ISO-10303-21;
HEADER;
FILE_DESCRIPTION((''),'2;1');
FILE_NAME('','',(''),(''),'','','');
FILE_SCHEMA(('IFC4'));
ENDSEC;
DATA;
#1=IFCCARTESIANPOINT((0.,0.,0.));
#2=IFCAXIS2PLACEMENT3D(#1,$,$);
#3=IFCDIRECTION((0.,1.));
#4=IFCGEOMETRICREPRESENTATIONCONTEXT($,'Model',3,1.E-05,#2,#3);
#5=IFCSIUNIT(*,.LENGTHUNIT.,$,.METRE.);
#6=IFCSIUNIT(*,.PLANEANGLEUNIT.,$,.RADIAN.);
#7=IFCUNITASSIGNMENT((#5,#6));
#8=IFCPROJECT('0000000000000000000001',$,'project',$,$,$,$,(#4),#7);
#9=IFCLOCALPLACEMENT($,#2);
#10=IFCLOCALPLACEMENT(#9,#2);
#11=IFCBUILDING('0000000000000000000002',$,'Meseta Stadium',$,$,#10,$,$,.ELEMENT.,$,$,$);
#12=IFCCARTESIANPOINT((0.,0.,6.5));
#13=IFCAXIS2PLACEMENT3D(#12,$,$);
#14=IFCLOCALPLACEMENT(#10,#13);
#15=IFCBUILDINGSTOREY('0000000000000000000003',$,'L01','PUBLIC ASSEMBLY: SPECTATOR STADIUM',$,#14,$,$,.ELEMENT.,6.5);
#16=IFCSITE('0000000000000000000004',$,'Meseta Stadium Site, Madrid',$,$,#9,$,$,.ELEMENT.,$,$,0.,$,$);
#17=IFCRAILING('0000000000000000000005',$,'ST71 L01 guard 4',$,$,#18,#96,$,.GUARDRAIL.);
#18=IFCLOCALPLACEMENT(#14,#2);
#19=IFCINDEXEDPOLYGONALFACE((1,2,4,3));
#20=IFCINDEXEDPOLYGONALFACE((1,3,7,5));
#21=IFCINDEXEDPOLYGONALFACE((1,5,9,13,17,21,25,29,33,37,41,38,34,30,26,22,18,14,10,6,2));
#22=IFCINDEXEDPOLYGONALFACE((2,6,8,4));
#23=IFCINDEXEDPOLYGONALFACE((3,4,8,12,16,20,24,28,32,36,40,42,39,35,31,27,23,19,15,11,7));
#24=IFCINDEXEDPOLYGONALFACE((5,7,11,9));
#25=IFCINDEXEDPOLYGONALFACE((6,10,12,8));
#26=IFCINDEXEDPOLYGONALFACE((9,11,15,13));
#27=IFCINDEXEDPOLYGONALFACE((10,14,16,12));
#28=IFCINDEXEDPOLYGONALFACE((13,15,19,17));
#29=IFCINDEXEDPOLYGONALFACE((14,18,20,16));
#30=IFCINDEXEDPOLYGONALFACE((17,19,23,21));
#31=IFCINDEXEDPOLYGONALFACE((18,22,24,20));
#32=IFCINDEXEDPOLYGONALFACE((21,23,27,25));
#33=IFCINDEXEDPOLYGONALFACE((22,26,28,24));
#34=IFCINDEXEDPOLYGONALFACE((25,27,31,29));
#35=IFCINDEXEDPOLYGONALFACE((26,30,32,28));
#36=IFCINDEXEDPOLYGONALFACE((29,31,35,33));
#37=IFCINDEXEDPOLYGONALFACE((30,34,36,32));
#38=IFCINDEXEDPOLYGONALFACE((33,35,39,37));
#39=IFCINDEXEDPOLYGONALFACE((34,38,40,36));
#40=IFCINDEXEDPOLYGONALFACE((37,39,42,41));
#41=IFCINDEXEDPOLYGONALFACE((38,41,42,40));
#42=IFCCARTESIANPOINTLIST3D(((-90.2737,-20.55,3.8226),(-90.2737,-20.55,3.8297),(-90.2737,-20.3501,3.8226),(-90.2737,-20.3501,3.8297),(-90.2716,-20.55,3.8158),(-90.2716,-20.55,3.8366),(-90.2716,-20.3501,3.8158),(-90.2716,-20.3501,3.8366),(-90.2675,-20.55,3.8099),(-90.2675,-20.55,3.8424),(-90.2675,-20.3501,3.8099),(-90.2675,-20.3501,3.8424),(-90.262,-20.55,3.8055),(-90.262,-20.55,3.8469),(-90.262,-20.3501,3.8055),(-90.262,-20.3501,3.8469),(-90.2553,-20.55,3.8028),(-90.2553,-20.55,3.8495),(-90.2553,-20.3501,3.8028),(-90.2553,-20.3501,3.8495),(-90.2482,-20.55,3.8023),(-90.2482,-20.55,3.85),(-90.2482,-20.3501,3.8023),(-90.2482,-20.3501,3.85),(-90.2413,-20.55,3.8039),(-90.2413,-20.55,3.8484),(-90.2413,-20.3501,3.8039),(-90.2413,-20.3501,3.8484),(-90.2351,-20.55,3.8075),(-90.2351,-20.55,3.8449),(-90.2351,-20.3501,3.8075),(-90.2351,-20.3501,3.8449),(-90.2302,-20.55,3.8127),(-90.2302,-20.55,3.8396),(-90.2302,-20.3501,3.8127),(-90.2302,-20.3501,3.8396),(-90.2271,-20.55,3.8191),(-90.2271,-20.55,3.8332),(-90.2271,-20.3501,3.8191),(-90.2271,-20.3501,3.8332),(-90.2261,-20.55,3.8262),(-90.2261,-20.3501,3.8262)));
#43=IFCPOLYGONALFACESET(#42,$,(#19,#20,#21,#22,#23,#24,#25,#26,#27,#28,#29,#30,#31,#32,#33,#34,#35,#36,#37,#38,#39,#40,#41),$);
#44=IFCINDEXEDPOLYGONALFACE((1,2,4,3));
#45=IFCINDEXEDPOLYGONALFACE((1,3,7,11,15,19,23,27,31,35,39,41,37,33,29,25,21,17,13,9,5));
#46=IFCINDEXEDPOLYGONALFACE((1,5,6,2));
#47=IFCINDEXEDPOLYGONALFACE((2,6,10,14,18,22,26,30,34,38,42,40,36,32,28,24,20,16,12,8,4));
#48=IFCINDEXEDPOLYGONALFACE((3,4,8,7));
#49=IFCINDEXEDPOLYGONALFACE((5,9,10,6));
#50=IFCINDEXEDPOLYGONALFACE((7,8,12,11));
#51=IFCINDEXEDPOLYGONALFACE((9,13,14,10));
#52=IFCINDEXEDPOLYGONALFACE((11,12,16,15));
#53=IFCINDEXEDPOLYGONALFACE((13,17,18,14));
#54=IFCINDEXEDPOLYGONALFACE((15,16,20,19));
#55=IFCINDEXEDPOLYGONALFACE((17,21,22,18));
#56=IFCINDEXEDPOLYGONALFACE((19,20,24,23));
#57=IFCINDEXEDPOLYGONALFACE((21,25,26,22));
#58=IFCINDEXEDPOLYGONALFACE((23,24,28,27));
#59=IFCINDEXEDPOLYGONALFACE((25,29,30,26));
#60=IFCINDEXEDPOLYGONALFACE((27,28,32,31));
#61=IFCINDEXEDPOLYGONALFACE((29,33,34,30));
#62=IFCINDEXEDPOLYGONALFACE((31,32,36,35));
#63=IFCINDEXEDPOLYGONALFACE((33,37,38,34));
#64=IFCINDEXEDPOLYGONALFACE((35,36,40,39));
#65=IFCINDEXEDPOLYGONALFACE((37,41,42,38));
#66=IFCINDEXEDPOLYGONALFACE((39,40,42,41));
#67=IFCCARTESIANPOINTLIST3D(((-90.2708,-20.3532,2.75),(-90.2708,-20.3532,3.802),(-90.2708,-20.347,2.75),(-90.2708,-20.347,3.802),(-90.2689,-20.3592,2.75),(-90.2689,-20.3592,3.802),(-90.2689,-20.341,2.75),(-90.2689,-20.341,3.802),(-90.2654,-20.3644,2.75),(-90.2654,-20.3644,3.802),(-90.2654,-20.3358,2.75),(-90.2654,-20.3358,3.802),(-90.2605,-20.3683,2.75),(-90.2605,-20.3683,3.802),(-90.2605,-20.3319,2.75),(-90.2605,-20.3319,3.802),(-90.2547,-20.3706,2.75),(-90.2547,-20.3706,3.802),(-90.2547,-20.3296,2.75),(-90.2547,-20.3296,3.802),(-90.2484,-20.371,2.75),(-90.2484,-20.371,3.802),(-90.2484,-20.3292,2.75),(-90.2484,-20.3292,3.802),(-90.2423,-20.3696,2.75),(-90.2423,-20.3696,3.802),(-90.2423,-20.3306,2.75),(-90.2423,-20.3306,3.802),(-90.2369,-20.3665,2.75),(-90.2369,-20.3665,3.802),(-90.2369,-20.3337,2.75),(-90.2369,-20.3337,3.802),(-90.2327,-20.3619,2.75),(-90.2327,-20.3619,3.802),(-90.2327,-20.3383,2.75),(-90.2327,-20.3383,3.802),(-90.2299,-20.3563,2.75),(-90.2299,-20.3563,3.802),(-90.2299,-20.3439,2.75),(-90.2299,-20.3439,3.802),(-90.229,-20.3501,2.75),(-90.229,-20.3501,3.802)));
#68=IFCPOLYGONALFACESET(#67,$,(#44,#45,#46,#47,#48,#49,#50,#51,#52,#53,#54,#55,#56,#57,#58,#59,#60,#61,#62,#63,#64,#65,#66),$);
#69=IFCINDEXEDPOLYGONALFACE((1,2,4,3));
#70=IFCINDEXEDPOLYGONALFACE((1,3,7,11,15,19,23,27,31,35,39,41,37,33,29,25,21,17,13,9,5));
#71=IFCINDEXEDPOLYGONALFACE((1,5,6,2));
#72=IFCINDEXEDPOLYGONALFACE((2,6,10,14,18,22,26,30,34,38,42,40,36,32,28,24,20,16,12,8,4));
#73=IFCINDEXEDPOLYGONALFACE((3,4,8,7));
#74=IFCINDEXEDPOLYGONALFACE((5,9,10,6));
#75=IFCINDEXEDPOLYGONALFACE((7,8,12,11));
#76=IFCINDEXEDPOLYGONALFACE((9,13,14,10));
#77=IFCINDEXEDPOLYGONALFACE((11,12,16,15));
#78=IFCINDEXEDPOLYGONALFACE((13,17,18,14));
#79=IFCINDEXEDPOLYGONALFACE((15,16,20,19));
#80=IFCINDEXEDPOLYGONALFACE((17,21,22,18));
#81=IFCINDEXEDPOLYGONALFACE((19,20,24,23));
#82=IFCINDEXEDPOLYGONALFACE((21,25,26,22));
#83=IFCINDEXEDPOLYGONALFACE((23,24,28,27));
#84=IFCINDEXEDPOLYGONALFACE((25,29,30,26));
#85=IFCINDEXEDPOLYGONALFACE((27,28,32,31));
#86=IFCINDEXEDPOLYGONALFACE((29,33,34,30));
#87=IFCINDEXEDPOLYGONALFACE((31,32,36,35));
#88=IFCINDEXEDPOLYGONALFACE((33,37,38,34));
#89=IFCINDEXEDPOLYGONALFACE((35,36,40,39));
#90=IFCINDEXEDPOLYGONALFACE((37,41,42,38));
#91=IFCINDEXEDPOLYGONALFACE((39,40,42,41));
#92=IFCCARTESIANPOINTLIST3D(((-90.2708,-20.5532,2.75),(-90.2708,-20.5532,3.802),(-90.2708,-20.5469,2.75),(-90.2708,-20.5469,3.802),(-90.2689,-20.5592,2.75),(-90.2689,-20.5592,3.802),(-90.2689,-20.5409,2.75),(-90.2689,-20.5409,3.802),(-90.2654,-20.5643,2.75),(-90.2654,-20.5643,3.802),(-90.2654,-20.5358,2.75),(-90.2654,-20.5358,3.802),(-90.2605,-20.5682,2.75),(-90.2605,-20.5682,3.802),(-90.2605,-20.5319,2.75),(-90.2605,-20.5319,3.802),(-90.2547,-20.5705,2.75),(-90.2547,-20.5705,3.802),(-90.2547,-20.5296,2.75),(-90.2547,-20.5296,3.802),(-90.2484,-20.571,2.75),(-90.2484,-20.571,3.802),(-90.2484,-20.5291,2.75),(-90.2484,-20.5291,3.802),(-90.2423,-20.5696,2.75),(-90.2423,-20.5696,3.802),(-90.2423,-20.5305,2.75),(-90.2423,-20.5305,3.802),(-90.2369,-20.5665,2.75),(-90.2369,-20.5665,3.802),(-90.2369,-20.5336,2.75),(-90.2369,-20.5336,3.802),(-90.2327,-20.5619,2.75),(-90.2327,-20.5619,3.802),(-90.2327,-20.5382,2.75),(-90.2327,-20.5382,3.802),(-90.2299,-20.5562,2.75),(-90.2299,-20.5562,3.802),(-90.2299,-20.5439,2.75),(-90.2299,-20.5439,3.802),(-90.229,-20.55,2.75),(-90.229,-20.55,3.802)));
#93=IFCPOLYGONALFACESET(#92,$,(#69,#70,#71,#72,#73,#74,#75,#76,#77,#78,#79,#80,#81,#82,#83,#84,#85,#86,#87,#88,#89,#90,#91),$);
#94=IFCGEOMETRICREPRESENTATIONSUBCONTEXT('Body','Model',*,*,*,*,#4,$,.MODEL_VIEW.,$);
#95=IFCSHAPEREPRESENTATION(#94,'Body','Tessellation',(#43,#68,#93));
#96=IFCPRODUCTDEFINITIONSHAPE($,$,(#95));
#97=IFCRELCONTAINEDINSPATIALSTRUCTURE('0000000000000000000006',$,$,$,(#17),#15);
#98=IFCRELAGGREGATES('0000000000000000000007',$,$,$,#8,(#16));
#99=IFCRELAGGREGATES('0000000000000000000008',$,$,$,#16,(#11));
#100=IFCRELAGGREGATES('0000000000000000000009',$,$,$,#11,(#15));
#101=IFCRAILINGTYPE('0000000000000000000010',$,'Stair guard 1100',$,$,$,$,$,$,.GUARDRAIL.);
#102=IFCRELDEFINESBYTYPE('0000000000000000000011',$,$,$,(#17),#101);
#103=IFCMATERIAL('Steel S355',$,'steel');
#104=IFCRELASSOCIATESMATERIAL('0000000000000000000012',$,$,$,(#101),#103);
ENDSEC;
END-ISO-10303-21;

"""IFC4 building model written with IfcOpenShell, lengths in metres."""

from ifc_helpers import new_model, si_unit, direction, frame, origin, origin_2d, place, context, subcontext, project, spatial, circle, extrude, material, type_object, element, save


model = new_model("IFC4")

# Units and contexts
model_context = context("Model", 3, precision=1e-05, world=origin(), true_north=direction((0.0, 1.0)))
body_context = subcontext(model_context, "Body", "Model", "MODEL_VIEW")
ifc_project = project(units=[si_unit("LENGTHUNIT", "METRE"), si_unit("PLANEANGLEUNIT", "RADIAN")], contexts=[model_context])

# Site, building, storey
site_placement = place(None, origin())
site = spatial("IfcSite", under=ifc_project, at=site_placement, Name="Meseta Stadium Site, Madrid", CompositionType="ELEMENT", RefElevation=0.0)
building_placement = place(site_placement, origin())
building = spatial("IfcBuilding", under=site, at=building_placement, Name="Meseta Stadium", CompositionType="ELEMENT")
storey_placement = place(building_placement, frame((0.0, 0.0, 6.5)))
storey = spatial("IfcBuildingStorey", under=building, at=storey_placement, Name="L01", Description="PUBLIC ASSEMBLY: SPECTATOR STADIUM", CompositionType="ELEMENT", Elevation=6.5)

# Railing
ifc_material_1 = material(Name="Steel S355", Category="steel")
railing_type_1 = type_object("IfcRailingType", Name="Stair guard 1100", PredefinedType="GUARDRAIL", material=ifc_material_1)
railing_1_placement = place(storey_placement, frame((-90.25, -20.3501, 2.75)))
element("IfcRailing", 1, at=railing_1_placement, inside=storey, type_object=railing_type_1, Name="ST71 L01 guard 4", PredefinedType="GUARDRAIL", context=body_context, shape_type="SweptSolid", body=[
    extrude(circle(Radius=0.0239, at=origin_2d()), frame((0.0, 0.0, 1.0762), z_axis=(0.0, -1.0, 0.0), x_axis=(1.0, 0.0, 0.0)), (0.0, 0.0, 1.0), 0.2),
    extrude(circle(Radius=0.021, at=origin_2d()), origin(), (0.0, 0.0, 1.0), 1.052),
    extrude(circle(Radius=0.021, at=origin_2d()), frame((0.0, -0.2, 0.0)), (0.0, 0.0, 1.0), 1.052),
])

save(model, "model.ifc")
